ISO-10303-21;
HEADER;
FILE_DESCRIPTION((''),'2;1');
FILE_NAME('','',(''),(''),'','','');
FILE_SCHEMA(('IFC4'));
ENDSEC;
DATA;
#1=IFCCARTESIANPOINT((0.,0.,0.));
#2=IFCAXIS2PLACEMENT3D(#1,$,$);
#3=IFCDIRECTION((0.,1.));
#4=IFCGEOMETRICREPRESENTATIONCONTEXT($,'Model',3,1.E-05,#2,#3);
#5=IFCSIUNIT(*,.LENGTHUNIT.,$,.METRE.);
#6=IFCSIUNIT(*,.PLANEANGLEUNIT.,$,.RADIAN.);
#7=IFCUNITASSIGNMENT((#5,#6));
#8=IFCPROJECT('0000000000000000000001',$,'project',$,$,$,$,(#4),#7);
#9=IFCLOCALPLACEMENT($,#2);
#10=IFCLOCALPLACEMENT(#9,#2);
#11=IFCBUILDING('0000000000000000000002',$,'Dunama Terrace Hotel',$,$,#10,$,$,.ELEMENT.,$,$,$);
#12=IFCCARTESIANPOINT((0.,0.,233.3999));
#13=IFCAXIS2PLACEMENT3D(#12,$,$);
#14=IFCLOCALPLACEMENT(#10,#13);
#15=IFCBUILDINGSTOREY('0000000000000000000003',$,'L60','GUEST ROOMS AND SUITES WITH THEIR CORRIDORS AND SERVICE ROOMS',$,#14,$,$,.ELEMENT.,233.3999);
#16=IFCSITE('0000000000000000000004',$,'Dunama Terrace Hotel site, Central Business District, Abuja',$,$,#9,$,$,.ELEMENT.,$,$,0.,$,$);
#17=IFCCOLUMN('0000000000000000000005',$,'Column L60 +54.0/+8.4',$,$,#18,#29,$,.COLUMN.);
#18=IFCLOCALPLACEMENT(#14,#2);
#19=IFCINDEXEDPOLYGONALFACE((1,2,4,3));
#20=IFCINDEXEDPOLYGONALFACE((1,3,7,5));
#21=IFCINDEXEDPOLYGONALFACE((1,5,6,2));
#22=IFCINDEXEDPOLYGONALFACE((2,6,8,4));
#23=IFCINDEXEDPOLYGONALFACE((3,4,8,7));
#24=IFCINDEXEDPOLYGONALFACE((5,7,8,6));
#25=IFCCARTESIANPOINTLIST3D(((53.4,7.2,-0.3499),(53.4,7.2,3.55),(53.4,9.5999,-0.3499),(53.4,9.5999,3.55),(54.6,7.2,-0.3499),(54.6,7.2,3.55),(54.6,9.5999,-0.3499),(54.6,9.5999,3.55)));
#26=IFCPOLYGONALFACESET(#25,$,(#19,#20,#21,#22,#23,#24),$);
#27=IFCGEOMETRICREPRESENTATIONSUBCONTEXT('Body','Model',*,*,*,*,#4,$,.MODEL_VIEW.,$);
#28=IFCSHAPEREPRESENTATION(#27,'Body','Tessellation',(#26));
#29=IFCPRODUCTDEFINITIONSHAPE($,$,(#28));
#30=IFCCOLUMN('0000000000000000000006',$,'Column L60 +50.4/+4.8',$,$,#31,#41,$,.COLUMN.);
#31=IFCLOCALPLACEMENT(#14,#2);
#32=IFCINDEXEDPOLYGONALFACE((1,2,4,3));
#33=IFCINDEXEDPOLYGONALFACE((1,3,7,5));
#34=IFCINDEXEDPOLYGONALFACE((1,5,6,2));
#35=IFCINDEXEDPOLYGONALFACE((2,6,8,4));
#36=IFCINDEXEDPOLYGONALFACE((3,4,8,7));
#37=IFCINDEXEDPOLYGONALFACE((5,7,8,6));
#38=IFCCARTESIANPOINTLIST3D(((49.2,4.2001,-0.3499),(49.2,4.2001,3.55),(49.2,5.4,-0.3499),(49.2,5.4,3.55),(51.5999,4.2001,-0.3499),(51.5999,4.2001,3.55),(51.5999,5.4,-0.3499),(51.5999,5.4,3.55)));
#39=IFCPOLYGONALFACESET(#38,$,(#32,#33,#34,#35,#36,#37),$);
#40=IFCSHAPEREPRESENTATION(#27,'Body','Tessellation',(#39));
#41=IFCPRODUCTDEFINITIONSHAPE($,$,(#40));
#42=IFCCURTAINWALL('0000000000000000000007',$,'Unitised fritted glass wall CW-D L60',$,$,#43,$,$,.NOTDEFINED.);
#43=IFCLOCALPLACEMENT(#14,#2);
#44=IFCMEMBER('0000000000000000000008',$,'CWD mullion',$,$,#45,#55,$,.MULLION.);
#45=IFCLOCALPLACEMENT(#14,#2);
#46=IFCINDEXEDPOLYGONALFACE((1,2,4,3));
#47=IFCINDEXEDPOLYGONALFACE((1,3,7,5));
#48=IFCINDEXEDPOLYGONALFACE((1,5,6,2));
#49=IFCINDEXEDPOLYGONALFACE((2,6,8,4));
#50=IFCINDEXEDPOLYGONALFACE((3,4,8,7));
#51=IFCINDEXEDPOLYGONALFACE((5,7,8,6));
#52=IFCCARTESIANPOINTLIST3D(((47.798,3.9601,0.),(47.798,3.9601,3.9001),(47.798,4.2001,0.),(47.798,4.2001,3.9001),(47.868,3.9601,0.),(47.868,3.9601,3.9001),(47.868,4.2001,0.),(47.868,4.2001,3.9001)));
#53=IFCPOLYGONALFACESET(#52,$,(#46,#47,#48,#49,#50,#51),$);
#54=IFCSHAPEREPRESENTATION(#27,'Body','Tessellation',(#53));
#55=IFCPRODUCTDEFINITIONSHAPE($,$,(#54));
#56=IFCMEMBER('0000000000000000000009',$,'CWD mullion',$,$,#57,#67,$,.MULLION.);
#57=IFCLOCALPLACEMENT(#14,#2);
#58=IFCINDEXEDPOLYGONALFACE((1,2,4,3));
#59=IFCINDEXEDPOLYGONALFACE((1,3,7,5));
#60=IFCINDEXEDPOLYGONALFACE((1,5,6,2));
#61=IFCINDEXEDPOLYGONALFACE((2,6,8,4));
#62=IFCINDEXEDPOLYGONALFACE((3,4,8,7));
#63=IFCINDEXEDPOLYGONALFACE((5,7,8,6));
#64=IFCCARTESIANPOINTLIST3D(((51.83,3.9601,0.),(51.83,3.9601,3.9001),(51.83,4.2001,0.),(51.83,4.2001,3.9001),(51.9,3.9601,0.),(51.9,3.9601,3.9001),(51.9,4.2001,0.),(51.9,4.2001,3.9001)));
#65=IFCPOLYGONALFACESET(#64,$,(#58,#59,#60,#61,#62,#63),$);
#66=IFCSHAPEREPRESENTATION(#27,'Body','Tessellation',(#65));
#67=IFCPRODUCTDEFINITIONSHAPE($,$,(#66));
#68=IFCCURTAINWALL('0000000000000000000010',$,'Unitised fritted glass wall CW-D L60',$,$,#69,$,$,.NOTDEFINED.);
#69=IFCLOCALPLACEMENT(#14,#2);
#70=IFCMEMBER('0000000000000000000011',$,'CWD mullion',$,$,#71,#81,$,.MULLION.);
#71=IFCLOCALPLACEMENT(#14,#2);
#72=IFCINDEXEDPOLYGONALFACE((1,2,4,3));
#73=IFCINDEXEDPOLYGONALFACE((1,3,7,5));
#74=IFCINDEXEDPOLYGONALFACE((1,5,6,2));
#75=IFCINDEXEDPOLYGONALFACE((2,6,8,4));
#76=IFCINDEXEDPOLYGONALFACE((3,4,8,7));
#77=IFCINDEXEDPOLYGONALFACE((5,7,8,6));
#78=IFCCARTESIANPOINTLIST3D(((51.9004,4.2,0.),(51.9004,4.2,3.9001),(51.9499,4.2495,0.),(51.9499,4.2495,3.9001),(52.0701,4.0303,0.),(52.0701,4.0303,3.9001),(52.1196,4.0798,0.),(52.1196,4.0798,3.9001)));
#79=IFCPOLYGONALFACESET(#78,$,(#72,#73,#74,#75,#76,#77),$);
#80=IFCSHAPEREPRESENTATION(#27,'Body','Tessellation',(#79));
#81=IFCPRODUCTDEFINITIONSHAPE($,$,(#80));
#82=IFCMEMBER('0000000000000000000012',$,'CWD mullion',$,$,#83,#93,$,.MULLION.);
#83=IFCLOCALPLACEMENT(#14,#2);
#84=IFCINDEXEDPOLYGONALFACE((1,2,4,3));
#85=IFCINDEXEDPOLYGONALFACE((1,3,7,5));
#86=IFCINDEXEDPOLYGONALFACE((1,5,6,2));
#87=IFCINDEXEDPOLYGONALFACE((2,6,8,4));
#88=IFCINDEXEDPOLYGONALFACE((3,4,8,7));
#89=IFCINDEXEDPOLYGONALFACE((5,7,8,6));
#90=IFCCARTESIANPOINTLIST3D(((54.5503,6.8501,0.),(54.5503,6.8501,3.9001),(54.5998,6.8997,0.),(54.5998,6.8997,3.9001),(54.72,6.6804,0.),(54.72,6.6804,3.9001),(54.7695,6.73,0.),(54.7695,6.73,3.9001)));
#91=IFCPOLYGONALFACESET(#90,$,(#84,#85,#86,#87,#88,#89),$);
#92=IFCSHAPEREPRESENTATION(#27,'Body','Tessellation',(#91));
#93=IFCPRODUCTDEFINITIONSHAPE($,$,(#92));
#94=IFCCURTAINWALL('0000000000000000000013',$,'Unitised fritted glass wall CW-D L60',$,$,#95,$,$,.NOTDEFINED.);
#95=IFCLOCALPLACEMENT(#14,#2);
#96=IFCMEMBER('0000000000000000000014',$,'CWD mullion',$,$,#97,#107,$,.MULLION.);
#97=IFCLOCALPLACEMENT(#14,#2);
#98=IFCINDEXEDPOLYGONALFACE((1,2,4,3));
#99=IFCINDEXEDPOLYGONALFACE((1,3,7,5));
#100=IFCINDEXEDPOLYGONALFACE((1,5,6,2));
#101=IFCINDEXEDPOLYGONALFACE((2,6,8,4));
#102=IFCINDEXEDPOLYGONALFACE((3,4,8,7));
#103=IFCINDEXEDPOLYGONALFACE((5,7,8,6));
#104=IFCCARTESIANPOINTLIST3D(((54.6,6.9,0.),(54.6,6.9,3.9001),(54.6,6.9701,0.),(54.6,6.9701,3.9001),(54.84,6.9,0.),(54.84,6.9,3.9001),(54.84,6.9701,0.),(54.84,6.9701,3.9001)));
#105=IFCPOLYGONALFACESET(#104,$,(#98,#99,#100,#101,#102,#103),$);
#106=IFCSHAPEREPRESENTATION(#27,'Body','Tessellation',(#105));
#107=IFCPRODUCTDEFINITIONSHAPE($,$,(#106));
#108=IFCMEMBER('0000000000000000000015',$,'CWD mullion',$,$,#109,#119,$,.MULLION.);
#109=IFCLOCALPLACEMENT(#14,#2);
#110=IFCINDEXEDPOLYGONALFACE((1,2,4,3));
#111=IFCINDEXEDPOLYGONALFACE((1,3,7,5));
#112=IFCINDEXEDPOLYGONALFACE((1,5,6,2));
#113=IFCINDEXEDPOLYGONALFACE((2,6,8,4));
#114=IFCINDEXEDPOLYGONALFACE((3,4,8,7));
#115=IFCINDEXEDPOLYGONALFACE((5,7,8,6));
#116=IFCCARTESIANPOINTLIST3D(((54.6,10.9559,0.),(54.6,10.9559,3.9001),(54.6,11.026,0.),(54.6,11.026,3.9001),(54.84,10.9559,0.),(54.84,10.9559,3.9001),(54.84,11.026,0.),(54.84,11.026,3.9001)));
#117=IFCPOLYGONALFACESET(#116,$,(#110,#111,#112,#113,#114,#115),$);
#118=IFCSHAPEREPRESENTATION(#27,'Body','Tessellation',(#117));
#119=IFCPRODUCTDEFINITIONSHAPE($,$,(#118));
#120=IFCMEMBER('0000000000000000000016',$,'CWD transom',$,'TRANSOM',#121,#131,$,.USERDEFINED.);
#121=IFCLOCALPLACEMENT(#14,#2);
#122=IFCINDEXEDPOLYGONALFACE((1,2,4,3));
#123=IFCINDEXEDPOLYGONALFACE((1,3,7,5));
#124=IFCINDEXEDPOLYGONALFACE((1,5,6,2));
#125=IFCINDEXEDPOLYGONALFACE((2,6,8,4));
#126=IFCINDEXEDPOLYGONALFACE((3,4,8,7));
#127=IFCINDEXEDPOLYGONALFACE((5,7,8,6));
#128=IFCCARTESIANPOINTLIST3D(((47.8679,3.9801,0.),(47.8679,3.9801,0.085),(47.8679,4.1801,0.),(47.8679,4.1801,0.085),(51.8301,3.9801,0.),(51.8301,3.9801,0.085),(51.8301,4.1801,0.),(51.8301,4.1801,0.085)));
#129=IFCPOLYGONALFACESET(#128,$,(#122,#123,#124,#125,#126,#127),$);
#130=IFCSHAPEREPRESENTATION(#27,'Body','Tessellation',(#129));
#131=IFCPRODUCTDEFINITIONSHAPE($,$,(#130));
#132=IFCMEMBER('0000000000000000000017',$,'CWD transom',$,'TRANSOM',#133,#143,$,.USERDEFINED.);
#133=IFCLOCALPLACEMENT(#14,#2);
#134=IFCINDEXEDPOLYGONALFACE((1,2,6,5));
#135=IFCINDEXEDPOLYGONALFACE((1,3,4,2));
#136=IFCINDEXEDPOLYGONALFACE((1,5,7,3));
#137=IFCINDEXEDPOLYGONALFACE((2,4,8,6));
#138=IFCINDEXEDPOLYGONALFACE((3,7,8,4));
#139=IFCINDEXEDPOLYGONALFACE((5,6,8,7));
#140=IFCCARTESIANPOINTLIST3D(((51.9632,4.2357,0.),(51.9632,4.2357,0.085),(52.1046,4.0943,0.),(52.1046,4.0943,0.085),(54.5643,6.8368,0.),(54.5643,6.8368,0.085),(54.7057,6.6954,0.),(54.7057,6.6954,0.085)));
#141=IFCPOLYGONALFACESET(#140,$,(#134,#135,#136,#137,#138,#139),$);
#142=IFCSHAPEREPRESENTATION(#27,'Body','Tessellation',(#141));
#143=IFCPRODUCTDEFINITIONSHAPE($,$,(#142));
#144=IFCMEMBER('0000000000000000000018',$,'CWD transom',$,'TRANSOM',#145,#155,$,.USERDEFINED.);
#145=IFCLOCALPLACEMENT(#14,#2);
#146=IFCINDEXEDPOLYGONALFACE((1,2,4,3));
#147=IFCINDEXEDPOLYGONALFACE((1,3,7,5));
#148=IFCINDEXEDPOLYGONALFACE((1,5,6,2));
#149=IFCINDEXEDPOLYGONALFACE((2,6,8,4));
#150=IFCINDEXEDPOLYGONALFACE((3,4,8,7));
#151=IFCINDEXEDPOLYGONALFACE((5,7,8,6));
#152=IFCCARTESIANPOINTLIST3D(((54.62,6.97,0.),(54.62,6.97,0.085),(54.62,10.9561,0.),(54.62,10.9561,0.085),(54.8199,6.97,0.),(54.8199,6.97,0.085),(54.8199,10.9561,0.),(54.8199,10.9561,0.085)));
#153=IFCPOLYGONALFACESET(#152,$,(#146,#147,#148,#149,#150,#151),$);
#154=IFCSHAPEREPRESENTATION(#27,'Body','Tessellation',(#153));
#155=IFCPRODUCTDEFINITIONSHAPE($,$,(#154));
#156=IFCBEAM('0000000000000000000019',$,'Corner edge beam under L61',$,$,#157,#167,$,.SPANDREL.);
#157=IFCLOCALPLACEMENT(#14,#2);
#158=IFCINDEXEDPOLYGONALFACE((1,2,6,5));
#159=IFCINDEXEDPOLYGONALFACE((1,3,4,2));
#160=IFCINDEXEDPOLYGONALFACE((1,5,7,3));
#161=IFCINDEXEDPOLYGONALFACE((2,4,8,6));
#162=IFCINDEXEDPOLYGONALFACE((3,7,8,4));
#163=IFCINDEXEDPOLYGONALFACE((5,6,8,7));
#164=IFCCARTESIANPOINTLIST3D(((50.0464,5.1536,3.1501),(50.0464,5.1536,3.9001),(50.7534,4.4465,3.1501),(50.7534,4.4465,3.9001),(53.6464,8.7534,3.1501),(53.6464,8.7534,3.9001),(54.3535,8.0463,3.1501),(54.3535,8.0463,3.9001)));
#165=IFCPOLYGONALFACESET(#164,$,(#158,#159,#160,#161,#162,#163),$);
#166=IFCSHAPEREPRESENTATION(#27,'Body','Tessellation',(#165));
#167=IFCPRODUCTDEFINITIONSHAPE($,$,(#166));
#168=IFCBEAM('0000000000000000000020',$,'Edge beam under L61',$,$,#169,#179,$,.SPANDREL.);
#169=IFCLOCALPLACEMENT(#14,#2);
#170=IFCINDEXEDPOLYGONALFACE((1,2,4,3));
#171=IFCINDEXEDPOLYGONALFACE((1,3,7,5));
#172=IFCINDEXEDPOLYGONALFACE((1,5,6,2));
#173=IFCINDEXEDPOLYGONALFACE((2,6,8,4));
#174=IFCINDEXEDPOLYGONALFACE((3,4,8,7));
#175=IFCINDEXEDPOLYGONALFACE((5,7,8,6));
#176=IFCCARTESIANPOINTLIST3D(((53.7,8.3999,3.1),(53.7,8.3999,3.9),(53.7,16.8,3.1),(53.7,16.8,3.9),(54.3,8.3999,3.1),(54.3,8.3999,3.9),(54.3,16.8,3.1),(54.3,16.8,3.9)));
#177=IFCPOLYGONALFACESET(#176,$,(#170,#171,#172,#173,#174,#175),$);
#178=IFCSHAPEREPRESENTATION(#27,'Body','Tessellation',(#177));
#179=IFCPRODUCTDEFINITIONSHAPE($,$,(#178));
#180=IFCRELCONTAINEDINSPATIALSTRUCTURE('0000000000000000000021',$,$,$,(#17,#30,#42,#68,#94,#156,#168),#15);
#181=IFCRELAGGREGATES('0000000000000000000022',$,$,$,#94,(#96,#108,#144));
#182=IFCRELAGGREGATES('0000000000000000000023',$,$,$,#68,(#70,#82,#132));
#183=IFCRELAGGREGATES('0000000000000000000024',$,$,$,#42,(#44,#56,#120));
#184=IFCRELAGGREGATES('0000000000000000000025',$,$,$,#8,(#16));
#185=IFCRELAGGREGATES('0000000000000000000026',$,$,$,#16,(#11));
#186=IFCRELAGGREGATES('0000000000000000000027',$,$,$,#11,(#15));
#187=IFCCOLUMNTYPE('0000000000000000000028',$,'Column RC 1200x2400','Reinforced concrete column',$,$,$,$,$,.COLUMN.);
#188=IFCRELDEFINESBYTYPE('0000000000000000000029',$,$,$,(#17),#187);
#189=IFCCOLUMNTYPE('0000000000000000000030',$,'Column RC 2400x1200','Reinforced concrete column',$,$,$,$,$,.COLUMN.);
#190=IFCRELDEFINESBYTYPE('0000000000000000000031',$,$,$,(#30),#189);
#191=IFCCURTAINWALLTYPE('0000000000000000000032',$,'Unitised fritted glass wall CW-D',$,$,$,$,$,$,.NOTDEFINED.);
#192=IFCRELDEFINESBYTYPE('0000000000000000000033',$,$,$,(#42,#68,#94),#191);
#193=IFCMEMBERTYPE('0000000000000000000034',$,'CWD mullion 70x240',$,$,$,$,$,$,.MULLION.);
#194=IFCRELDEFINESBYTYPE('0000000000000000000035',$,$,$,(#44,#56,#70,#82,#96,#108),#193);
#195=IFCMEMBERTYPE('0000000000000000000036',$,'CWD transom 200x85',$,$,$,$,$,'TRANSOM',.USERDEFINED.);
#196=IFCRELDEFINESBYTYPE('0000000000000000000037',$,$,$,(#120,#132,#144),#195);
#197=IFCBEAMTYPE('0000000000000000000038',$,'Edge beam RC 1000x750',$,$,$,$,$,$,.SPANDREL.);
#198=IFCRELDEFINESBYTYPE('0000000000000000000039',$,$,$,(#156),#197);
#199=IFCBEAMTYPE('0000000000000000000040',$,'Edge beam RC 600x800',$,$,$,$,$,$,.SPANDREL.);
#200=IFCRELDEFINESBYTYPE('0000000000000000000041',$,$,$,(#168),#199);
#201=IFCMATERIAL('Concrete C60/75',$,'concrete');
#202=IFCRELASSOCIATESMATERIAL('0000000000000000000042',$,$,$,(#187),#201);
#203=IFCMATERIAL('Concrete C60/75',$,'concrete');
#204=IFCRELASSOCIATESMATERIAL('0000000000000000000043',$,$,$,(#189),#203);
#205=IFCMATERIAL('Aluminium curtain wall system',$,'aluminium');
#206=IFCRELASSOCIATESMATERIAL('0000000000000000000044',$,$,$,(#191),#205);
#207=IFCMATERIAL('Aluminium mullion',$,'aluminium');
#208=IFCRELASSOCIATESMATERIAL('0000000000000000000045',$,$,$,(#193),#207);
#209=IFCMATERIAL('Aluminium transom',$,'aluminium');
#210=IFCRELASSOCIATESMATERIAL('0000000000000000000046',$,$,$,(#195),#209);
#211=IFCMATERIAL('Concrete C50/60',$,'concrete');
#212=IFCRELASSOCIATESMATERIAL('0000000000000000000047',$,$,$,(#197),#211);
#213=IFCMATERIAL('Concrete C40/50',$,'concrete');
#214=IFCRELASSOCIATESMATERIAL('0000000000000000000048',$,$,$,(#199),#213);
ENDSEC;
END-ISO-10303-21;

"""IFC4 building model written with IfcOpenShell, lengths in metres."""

from ifc_helpers import new_model, si_unit, direction, frame, origin, origin_2d, place, context, subcontext, project, spatial, rectangle, extrude, material, material_profile, profile_set, type_object, element, aggregate, save


model = new_model("IFC4")

# Units and contexts
model_context = context("Model", 3, precision=1e-05, world=origin(), true_north=direction((0.0, 1.0)))
body_context = subcontext(model_context, "Body", "Model", "MODEL_VIEW")
ifc_project = project(units=[si_unit("LENGTHUNIT", "METRE"), si_unit("PLANEANGLEUNIT", "RADIAN")], contexts=[model_context])

# Site, building, storey
site_placement = place(None, origin())
site = spatial("IfcSite", under=ifc_project, at=site_placement, Name="Dunama Terrace Hotel site, Central Business District, Abuja", CompositionType="ELEMENT", RefElevation=0.0)
building_placement = place(site_placement, origin())
building = spatial("IfcBuilding", under=site, at=building_placement, Name="Dunama Terrace Hotel", CompositionType="ELEMENT")
storey_placement = place(building_placement, frame((0.0, 0.0, 233.3999)))
storey = spatial("IfcBuildingStorey", under=building, at=storey_placement, Name="L60", Description="GUEST ROOMS AND SUITES WITH THEIR CORRIDORS AND SERVICE ROOMS", CompositionType="ELEMENT", Elevation=233.3999)

# Columns
ifc_material_1 = material(Name="Concrete C60/75", Category="concrete")
ifc_material_profile_1 = material_profile(ifc_material_1, rectangle(XDim=1.2, YDim=2.3999, at=origin_2d()), Name="RC 1200x2400")
ifc_profile_set_1 = profile_set([ifc_material_profile_1], Name="Concrete C60/75")
column_type_1 = type_object("IfcColumnType", Name="Column RC 1200x2400", Description="Reinforced concrete column", PredefinedType="COLUMN", material=ifc_profile_set_1)
column_1_placement = place(storey_placement, frame((54.0, 8.3999, -0.3499), z_axis=(0.0, 0.0, 1.0), x_axis=(1.0, 0.0, 0.0)))
element("IfcColumn", 1, at=column_1_placement, inside=storey, type_object=column_type_1, Name="Column L60 +54.0/+8.4", PredefinedType="COLUMN", context=body_context, shape_type="SweptSolid", body=[
    extrude(rectangle(XDim=1.2, YDim=2.3999, at=origin_2d()), origin(), (0.0, 0.0, 1.0), 3.8999),
])
ifc_material_2 = material(Name="Concrete C60/75", Category="concrete")
ifc_material_profile_2 = material_profile(ifc_material_2, rectangle(XDim=2.3999, YDim=1.2, at=origin_2d()), Name="RC 2400x1200")
ifc_profile_set_2 = profile_set([ifc_material_profile_2], Name="Concrete C60/75")
column_type_2 = type_object("IfcColumnType", Name="Column RC 2400x1200", Description="Reinforced concrete column", PredefinedType="COLUMN", material=ifc_profile_set_2)
column_2_placement = place(storey_placement, frame((50.3999, 4.8, -0.3499), z_axis=(0.0, 0.0, 1.0), x_axis=(1.0, 0.0, 0.0)))
element("IfcColumn", 2, at=column_2_placement, inside=storey, type_object=column_type_2, Name="Column L60 +50.4/+4.8", PredefinedType="COLUMN", context=body_context, shape_type="SweptSolid", body=[
    extrude(rectangle(XDim=2.3999, YDim=1.2, at=origin_2d()), origin(), (0.0, 0.0, 1.0), 3.8999),
])

# Curtain walls, members
ifc_material_3 = material(Name="Aluminium curtain wall system", Category="aluminium")
curtain_wall_type = type_object("IfcCurtainWallType", Name="Unitised fritted glass wall CW-D", PredefinedType="NOTDEFINED", material=ifc_material_3)
curtain_wall_1_placement = place(storey_placement, origin())
curtain_wall_1 = element("IfcCurtainWall", 3, at=curtain_wall_1_placement, inside=storey, type_object=curtain_wall_type, Name="Unitised fritted glass wall CW-D L60", PredefinedType="NOTDEFINED")
ifc_material_4 = material(Name="Aluminium mullion", Category="aluminium")
ifc_material_profile_3 = material_profile(ifc_material_4, rectangle(XDim=0.0701, YDim=0.24, at=origin_2d()), Name="CWD MULLION 70X240")
ifc_profile_set_3 = profile_set([ifc_material_profile_3], Name="Aluminium mullion")
member_type_1 = type_object("IfcMemberType", Name="CWD mullion 70x240", PredefinedType="MULLION", material=ifc_profile_set_3)
member_1_placement = place(storey_placement, frame((47.833, 4.0801, 0.0), z_axis=(0.0, 0.0, 1.0), x_axis=(1.0, 0.0, 0.0)))
member_1 = element("IfcMember", 4, at=member_1_placement, type_object=member_type_1, Name="CWD mullion", PredefinedType="MULLION", context=body_context, shape_type="SweptSolid", body=[
    extrude(rectangle(XDim=0.0701, YDim=0.24, at=origin_2d()), origin(), (0.0, 0.0, 1.0), 3.9001),
])
member_2_placement = place(storey_placement, frame((51.865, 4.0801, 0.0), z_axis=(0.0, 0.0, 1.0), x_axis=(1.0, 0.0, 0.0)))
member_2 = element("IfcMember", 5, at=member_2_placement, type_object=member_type_1, Name="CWD mullion", PredefinedType="MULLION", context=body_context, shape_type="SweptSolid", body=[
    extrude(rectangle(XDim=0.0701, YDim=0.24, at=origin_2d()), origin(), (0.0, 0.0, 1.0), 3.9001),
])
curtain_wall_2_placement = place(storey_placement, origin())
curtain_wall_2 = element("IfcCurtainWall", 6, at=curtain_wall_2_placement, inside=storey, type_object=curtain_wall_type, Name="Unitised fritted glass wall CW-D L60", PredefinedType="NOTDEFINED")
member_3_placement = place(storey_placement, frame((52.01, 4.1399, 0.0), z_axis=(0.0, 0.0, 1.0), x_axis=(0.707107, 0.707107, 0.0)))
member_3 = element("IfcMember", 7, at=member_3_placement, type_object=member_type_1, Name="CWD mullion", PredefinedType="MULLION", context=body_context, shape_type="SweptSolid", body=[
    extrude(rectangle(XDim=0.0701, YDim=0.24, at=origin_2d()), origin(), (0.0, 0.0, 1.0), 3.9001),
])
member_4_placement = place(storey_placement, frame((54.6599, 6.79, 0.0), z_axis=(0.0, 0.0, 1.0), x_axis=(0.707107, 0.707107, 0.0)))
member_4 = element("IfcMember", 8, at=member_4_placement, type_object=member_type_1, Name="CWD mullion", PredefinedType="MULLION", context=body_context, shape_type="SweptSolid", body=[
    extrude(rectangle(XDim=0.0701, YDim=0.24, at=origin_2d()), origin(), (0.0, 0.0, 1.0), 3.9001),
])
curtain_wall_3_placement = place(storey_placement, origin())
curtain_wall_3 = element("IfcCurtainWall", 9, at=curtain_wall_3_placement, inside=storey, type_object=curtain_wall_type, Name="Unitised fritted glass wall CW-D L60", PredefinedType="NOTDEFINED")
member_5_placement = place(storey_placement, frame((54.72, 6.9351, 0.0), z_axis=(0.0, 0.0, 1.0), x_axis=(0.0, 1.0, 0.0)))
member_5 = element("IfcMember", 10, at=member_5_placement, type_object=member_type_1, Name="CWD mullion", PredefinedType="MULLION", context=body_context, shape_type="SweptSolid", body=[
    extrude(rectangle(XDim=0.0701, YDim=0.24, at=origin_2d()), origin(), (0.0, 0.0, 1.0), 3.9001),
])
member_6_placement = place(storey_placement, frame((54.72, 10.991, 0.0), z_axis=(0.0, 0.0, 1.0), x_axis=(0.0, 1.0, 0.0)))
member_6 = element("IfcMember", 11, at=member_6_placement, type_object=member_type_1, Name="CWD mullion", PredefinedType="MULLION", context=body_context, shape_type="SweptSolid", body=[
    extrude(rectangle(XDim=0.0701, YDim=0.24, at=origin_2d()), origin(), (0.0, 0.0, 1.0), 3.9001),
])

# Members
ifc_material_5 = material(Name="Aluminium transom", Category="aluminium")
ifc_material_profile_4 = material_profile(ifc_material_5, rectangle(XDim=0.2, YDim=0.085, at=origin_2d()), Name="CWD TRANSOM 200X85")
ifc_profile_set_4 = profile_set([ifc_material_profile_4], Name="Aluminium transom")
member_type_2 = type_object("IfcMemberType", Name="CWD transom 200x85", ElementType="TRANSOM", PredefinedType="USERDEFINED", material=ifc_profile_set_4)
member_7_placement = place(storey_placement, frame((47.8679, 4.0801, 0.0425), z_axis=(1.0, 0.0, 0.0), x_axis=(0.0, 1.0, 0.0)))
member_7 = element("IfcMember", 12, at=member_7_placement, type_object=member_type_2, Name="CWD transom", ObjectType="TRANSOM", PredefinedType="USERDEFINED", context=body_context, shape_type="SweptSolid", body=[
    extrude(rectangle(XDim=0.2, YDim=0.085, at=origin_2d()), origin(), (0.0, 0.0, 1.0), 3.9622),
])
member_8_placement = place(storey_placement, frame((52.0339, 4.165, 0.0425), z_axis=(0.707107, 0.707107, 0.0), x_axis=(-0.707107, 0.707107, 0.0)))
member_8 = element("IfcMember", 13, at=member_8_placement, type_object=member_type_2, Name="CWD transom", ObjectType="TRANSOM", PredefinedType="USERDEFINED", context=body_context, shape_type="SweptSolid", body=[
    extrude(rectangle(XDim=0.2, YDim=0.085, at=origin_2d()), origin(), (0.0, 0.0, 1.0), 3.6785),
])
member_9_placement = place(storey_placement, frame((54.72, 6.97, 0.0425), z_axis=(0.0, 1.0, 0.0), x_axis=(-1.0, 0.0, 0.0)))
member_9 = element("IfcMember", 14, at=member_9_placement, type_object=member_type_2, Name="CWD transom", ObjectType="TRANSOM", PredefinedType="USERDEFINED", context=body_context, shape_type="SweptSolid", body=[
    extrude(rectangle(XDim=0.2, YDim=0.085, at=origin_2d()), origin(), (0.0, 0.0, 1.0), 3.9861),
])

# Beams
ifc_material_6 = material(Name="Concrete C50/60", Category="concrete")
ifc_material_profile_5 = material_profile(ifc_material_6, rectangle(XDim=1.0, YDim=0.75, at=origin_2d()), Name="RC 1000x750")
ifc_profile_set_5 = profile_set([ifc_material_profile_5], Name="Concrete C50/60")
beam_type_1 = type_object("IfcBeamType", Name="Edge beam RC 1000x750", PredefinedType="SPANDREL", material=ifc_profile_set_5)
beam_1_placement = place(storey_placement, frame((50.3999, 4.8, 3.5251), z_axis=(0.707131, 0.707083, 0.0), x_axis=(-0.707083, 0.707131, 0.0)))
element("IfcBeam", 15, at=beam_1_placement, inside=storey, type_object=beam_type_1, Name="Corner edge beam under L61", PredefinedType="SPANDREL", context=body_context, shape_type="SweptSolid", body=[
    extrude(rectangle(XDim=1.0, YDim=0.75, at=origin_2d()), origin(), (0.0, 0.0, 1.0), 5.0911),
])
ifc_material_7 = material(Name="Concrete C40/50", Category="concrete")
ifc_material_profile_6 = material_profile(ifc_material_7, rectangle(XDim=0.6001, YDim=0.8, at=origin_2d()), Name="RC 600x800")
ifc_profile_set_6 = profile_set([ifc_material_profile_6], Name="Concrete C40/50")
beam_type_2 = type_object("IfcBeamType", Name="Edge beam RC 600x800", PredefinedType="SPANDREL", material=ifc_profile_set_6)
beam_2_placement = place(storey_placement, frame((54.0, 8.3999, 3.5), z_axis=(0.0, 1.0, 0.0), x_axis=(-1.0, 0.0, 0.0)))
element("IfcBeam", 16, at=beam_2_placement, inside=storey, type_object=beam_type_2, Name="Edge beam under L61", PredefinedType="SPANDREL", context=body_context, shape_type="SweptSolid", body=[
    extrude(rectangle(XDim=0.6001, YDim=0.8, at=origin_2d()), origin(), (0.0, 0.0, 1.0), 8.4001),
])

aggregate(curtain_wall_3, [member_5, member_6, member_9])
aggregate(curtain_wall_2, [member_3, member_4, member_8])
aggregate(curtain_wall_1, [member_1, member_2, member_7])

save(model, "model.ifc")
